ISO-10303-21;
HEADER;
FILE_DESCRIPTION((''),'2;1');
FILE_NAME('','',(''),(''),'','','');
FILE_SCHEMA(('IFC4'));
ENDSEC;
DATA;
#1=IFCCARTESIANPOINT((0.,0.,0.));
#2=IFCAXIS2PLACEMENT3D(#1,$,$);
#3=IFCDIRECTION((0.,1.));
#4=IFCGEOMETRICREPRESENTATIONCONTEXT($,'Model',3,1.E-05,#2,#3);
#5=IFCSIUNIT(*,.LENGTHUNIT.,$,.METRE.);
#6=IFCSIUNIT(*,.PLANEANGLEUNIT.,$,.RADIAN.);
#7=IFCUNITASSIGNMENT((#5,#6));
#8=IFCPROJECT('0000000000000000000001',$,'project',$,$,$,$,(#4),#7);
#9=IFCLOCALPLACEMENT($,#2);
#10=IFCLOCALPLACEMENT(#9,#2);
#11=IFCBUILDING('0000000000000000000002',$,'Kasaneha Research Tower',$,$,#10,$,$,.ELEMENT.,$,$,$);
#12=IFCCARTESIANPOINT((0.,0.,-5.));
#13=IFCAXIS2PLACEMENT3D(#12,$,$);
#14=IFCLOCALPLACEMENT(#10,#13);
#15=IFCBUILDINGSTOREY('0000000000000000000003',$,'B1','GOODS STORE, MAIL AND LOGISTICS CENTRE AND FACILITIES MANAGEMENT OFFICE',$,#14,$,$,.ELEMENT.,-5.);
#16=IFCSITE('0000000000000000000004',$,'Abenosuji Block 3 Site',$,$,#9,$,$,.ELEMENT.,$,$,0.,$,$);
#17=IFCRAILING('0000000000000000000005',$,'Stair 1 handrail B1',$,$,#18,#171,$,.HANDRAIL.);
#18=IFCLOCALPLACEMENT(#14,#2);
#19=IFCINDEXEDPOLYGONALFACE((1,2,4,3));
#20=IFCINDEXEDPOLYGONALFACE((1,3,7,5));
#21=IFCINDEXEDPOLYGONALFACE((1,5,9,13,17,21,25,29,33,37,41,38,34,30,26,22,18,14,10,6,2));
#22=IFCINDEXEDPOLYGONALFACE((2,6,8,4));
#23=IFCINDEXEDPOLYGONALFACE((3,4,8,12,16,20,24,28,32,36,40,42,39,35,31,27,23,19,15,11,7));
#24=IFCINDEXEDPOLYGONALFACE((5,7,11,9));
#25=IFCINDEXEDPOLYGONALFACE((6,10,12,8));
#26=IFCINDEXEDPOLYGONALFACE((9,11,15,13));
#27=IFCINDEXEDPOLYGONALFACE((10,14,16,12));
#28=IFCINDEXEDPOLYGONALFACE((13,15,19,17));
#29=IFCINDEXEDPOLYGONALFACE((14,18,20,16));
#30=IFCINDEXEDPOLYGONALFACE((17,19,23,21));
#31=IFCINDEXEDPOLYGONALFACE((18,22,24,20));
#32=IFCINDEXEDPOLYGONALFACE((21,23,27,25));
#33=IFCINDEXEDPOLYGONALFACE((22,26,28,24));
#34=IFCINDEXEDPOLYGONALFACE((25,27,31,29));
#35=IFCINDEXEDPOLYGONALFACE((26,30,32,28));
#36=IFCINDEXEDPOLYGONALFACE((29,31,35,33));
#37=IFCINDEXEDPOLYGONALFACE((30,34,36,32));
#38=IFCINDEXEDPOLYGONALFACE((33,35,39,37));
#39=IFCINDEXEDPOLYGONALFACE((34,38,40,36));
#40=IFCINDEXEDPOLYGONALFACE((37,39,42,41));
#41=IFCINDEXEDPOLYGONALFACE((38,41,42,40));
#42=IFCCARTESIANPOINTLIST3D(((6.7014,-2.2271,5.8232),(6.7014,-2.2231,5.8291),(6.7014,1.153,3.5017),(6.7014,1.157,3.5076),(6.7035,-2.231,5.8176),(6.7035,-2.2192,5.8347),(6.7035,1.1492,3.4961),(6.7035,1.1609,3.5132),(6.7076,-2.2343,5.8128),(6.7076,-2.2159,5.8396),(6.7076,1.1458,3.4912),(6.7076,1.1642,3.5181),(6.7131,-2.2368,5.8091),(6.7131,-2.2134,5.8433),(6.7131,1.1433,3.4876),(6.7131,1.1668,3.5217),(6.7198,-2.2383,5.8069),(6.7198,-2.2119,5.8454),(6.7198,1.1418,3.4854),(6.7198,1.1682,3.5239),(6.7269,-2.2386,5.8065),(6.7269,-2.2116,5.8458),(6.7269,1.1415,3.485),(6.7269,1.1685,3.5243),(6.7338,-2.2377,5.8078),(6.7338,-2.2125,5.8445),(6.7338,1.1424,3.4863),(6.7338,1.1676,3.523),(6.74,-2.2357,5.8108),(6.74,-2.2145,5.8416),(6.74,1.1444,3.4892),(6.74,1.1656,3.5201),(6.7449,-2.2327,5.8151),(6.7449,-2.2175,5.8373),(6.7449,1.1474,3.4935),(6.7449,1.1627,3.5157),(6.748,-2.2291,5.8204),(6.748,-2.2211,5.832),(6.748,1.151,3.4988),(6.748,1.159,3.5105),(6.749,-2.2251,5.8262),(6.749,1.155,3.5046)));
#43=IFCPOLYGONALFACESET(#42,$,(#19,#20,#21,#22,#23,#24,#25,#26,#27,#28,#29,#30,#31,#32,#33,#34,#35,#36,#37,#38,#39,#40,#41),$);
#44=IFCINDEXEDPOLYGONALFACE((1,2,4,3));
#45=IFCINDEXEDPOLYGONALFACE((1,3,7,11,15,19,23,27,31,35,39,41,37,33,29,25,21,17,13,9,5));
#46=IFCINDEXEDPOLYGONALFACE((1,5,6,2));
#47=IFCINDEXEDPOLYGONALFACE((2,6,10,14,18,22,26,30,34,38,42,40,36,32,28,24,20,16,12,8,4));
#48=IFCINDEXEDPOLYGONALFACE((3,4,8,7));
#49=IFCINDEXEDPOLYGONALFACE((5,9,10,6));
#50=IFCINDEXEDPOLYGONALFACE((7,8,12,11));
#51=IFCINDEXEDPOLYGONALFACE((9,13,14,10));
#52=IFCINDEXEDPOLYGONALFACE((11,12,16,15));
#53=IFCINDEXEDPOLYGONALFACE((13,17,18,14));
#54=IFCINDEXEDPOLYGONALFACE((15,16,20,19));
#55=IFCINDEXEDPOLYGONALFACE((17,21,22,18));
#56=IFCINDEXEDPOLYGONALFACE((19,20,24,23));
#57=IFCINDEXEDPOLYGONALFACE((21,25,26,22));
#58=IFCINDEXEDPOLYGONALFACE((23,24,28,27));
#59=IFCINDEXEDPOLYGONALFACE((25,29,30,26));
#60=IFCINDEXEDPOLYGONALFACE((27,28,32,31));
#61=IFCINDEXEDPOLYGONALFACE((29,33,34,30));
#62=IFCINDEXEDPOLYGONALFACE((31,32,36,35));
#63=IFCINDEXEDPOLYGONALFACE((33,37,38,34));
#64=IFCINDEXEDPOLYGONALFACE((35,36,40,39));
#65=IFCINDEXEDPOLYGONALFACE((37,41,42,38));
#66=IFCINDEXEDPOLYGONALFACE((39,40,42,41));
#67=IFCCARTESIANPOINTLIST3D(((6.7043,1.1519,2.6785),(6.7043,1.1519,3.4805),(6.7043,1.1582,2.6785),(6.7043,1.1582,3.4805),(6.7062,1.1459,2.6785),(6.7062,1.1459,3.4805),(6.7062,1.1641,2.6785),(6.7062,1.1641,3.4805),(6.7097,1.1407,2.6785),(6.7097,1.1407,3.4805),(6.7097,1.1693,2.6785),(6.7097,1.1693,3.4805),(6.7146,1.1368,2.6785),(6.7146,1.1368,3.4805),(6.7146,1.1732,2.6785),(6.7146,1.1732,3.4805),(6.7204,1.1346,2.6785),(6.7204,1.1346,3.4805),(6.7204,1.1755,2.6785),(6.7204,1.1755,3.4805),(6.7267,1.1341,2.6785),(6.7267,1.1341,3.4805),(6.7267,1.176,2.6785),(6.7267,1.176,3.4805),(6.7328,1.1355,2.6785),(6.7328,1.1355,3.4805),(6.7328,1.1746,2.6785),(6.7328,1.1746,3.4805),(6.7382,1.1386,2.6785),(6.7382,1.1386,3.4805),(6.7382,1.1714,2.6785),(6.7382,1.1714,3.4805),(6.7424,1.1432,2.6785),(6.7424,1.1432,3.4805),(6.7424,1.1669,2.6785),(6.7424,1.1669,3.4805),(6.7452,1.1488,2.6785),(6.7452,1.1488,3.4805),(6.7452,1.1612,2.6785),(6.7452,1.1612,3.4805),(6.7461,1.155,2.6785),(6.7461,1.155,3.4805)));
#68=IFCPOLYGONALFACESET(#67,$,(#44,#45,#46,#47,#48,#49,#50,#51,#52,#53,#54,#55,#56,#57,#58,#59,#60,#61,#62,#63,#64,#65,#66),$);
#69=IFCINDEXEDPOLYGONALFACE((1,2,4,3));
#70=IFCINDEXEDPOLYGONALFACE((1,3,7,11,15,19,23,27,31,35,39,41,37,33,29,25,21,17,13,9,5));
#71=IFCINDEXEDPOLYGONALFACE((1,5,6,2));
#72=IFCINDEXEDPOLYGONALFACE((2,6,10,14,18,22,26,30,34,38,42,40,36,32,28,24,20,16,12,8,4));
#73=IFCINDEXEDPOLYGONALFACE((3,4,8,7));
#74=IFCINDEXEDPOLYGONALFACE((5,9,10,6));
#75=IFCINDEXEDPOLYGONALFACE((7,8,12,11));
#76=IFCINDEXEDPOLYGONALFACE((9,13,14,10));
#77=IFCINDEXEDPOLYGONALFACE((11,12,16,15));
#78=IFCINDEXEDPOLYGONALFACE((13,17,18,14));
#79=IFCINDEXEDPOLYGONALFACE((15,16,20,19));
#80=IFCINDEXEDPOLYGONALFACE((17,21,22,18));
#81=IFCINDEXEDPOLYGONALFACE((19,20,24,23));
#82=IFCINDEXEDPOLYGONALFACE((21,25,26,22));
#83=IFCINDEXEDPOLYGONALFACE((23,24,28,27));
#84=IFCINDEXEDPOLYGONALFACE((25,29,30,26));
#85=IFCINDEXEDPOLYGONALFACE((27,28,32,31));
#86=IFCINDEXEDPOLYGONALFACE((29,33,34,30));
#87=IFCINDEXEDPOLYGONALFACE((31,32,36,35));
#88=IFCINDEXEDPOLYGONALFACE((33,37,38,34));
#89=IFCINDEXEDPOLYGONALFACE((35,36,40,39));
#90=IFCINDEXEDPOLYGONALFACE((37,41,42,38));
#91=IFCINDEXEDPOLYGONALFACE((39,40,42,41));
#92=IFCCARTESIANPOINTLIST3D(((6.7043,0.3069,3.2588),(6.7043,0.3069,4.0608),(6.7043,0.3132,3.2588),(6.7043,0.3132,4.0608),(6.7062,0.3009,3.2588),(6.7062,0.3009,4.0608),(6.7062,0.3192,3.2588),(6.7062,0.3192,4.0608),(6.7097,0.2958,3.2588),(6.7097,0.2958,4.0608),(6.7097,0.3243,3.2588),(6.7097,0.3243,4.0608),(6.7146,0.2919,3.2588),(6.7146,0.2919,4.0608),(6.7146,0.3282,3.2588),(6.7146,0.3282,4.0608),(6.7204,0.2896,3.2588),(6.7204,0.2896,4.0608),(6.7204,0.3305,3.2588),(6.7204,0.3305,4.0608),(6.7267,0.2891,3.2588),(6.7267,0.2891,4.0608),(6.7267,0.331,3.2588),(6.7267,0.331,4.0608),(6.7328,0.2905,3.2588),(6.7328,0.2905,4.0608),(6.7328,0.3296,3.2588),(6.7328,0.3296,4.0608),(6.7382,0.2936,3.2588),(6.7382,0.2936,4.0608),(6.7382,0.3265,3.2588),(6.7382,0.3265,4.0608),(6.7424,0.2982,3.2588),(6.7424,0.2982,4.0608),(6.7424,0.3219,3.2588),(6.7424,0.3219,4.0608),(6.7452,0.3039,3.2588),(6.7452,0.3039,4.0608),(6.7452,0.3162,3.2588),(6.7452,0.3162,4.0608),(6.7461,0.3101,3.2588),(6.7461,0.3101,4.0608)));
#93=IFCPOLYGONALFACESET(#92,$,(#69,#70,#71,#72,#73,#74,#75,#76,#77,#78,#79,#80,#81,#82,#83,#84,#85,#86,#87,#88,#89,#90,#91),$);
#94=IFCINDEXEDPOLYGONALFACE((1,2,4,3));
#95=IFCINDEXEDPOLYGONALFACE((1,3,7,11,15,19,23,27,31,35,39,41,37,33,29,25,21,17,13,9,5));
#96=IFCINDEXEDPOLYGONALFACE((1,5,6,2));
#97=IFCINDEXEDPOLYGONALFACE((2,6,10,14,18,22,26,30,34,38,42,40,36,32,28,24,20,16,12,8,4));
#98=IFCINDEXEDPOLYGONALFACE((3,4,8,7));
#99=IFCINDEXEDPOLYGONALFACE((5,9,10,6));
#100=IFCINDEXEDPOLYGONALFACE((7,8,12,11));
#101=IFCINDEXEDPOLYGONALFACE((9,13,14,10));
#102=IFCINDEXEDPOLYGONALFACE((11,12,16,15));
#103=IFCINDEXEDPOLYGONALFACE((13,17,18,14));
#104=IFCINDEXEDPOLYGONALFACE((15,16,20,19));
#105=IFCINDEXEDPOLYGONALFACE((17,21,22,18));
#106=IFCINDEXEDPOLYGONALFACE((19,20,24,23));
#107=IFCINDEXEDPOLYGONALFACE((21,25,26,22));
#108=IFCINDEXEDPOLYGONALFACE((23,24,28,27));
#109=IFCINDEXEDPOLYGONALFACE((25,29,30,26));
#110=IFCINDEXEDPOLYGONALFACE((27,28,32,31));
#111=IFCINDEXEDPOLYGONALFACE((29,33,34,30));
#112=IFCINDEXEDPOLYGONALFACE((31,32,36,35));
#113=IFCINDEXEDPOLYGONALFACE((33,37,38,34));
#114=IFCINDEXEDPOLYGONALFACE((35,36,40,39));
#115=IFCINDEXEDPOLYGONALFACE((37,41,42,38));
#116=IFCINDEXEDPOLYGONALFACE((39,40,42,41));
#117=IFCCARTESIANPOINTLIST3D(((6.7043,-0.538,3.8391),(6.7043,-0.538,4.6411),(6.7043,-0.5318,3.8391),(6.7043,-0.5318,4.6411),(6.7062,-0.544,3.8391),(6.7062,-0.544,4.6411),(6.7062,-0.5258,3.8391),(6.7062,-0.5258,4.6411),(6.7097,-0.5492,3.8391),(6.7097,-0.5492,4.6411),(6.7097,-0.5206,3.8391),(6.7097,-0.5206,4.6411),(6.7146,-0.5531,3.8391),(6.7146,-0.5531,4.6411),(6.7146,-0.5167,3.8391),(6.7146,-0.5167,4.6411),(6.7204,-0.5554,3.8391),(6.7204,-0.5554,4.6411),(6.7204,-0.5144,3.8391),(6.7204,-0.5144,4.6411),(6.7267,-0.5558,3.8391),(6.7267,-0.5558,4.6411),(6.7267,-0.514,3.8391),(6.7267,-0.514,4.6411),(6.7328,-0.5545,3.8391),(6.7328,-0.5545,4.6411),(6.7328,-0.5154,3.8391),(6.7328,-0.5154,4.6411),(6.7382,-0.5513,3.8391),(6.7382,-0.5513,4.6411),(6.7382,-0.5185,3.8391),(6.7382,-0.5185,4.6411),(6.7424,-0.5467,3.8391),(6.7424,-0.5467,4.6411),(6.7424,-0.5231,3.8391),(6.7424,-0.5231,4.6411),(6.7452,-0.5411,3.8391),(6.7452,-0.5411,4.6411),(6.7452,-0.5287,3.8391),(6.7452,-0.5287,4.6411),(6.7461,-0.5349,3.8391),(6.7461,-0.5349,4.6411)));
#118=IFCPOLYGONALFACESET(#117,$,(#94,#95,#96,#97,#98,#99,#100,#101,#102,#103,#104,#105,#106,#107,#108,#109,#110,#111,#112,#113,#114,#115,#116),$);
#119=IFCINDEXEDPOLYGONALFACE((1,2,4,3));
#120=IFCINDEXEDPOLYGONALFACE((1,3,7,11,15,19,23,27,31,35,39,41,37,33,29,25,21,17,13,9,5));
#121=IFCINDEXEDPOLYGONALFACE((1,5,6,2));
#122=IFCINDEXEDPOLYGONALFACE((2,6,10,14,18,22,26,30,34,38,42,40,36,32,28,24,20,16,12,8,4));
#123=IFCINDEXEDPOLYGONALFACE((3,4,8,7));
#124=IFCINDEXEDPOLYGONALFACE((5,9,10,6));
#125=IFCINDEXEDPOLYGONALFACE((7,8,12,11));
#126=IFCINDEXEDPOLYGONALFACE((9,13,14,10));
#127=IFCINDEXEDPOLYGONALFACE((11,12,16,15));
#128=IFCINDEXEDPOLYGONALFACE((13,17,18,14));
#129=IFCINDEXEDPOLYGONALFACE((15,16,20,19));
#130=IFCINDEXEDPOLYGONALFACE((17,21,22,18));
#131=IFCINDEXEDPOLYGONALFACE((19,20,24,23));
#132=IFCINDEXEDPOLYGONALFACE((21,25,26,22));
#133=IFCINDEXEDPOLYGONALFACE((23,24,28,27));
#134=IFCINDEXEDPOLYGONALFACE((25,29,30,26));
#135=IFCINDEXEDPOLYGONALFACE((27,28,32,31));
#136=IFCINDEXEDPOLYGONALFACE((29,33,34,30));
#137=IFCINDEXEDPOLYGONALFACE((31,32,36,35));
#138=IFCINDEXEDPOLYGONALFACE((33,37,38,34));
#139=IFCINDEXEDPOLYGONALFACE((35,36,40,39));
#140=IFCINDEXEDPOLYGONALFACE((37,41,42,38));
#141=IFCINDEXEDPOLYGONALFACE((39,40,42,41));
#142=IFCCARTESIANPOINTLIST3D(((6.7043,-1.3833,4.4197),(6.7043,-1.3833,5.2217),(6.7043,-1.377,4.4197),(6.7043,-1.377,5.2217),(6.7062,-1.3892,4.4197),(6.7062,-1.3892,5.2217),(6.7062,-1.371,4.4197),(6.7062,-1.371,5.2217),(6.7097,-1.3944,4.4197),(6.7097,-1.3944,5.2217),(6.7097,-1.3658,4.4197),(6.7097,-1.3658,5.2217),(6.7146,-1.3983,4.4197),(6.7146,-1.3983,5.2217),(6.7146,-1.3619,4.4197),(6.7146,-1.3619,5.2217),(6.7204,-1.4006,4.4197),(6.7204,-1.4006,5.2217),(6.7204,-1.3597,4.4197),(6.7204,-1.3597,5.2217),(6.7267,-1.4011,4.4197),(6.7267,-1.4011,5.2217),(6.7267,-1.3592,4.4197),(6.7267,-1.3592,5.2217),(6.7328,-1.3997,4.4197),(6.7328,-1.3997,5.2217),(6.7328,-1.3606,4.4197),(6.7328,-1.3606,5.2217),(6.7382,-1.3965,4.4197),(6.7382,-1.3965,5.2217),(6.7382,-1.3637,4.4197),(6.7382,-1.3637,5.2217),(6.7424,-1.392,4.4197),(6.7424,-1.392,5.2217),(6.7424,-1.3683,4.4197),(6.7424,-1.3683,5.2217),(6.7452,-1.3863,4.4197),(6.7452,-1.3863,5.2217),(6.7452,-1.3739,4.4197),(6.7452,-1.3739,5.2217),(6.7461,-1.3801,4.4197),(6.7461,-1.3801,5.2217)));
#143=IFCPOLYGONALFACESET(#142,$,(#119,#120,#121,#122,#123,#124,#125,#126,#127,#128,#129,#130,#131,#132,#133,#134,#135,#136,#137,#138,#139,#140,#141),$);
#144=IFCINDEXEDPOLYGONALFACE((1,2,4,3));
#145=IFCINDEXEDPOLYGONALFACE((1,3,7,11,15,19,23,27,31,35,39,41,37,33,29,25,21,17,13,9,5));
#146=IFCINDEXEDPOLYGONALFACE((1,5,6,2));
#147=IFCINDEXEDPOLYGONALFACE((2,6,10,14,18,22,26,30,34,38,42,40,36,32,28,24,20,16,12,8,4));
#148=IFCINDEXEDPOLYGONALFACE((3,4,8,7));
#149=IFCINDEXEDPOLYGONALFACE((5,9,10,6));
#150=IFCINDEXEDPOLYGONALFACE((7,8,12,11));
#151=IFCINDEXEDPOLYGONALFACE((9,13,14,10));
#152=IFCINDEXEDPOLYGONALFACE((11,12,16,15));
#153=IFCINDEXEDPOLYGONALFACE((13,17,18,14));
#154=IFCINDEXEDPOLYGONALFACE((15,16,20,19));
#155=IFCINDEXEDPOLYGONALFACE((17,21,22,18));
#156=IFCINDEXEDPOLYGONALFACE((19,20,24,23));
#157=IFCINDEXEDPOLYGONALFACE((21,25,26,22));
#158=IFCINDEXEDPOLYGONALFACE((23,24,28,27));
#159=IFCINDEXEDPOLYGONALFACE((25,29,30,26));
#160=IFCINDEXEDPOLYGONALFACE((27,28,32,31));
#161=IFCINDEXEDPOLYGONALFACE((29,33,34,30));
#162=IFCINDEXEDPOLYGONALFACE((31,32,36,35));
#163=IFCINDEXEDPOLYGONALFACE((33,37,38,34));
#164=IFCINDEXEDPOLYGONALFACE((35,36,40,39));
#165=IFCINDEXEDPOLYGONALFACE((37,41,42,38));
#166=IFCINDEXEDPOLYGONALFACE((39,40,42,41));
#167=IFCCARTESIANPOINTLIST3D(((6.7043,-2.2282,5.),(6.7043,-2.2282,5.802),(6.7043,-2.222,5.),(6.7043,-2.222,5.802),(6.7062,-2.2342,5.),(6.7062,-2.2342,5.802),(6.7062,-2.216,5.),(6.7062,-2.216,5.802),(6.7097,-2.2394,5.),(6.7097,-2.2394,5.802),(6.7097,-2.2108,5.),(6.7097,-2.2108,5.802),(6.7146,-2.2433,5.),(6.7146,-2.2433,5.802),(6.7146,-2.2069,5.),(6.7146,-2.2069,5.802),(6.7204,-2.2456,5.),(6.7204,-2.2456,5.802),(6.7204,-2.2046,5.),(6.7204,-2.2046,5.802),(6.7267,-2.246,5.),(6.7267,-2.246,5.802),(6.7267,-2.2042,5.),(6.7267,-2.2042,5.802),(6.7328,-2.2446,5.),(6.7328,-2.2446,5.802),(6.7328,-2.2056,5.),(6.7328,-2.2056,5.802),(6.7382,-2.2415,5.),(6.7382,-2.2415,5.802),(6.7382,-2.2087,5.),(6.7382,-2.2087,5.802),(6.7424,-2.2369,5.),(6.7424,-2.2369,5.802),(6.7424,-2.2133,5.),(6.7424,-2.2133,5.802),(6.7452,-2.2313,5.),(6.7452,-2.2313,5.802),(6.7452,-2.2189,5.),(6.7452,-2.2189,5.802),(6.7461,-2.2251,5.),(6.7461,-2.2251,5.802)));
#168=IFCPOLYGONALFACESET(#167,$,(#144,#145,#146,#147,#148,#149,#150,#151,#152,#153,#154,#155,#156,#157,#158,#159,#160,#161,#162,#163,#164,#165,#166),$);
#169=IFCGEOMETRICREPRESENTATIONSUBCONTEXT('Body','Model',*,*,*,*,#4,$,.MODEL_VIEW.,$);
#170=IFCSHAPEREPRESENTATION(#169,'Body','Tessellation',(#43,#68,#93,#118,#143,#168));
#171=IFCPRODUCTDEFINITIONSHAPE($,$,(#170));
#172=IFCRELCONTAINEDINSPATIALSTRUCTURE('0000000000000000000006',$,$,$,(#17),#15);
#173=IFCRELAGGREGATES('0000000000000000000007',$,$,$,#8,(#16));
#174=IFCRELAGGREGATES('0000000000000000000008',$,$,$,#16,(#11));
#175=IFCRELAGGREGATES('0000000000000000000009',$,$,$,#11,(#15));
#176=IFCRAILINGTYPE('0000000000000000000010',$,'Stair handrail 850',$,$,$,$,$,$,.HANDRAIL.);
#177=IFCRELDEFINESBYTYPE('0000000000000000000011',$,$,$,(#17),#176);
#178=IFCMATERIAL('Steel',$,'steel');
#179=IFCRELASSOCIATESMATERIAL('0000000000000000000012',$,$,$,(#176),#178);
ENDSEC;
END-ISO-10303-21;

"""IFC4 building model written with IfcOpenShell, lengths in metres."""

from ifc_helpers import new_model, si_unit, direction, frame, origin, origin_2d, place, context, subcontext, project, spatial, circle, extrude, material, type_object, element, save


model = new_model("IFC4")

# Units and contexts
model_context = context("Model", 3, precision=1e-05, world=origin(), true_north=direction((0.0, 1.0)))
body_context = subcontext(model_context, "Body", "Model", "MODEL_VIEW")
ifc_project = project(units=[si_unit("LENGTHUNIT", "METRE"), si_unit("PLANEANGLEUNIT", "RADIAN")], contexts=[model_context])

# Site, building, storey
site_placement = place(None, origin())
site = spatial("IfcSite", under=ifc_project, at=site_placement, Name="Abenosuji Block 3 Site", CompositionType="ELEMENT", RefElevation=0.0)
building_placement = place(site_placement, origin())
building = spatial("IfcBuilding", under=site, at=building_placement, Name="Kasaneha Research Tower", CompositionType="ELEMENT")
storey_placement = place(building_placement, frame((0.0, 0.0, -5.0)))
storey = spatial("IfcBuildingStorey", under=building, at=storey_placement, Name="B1", Description="GOODS STORE, MAIL AND LOGISTICS CENTRE AND FACILITIES MANAGEMENT OFFICE", CompositionType="ELEMENT", Elevation=-5.0)

# Railing
ifc_material_1 = material(Name="Steel", Category="steel")
railing_type_1 = type_object("IfcRailingType", Name="Stair handrail 850", PredefinedType="HANDRAIL", material=ifc_material_1)
railing_1_placement = place(storey_placement, frame((6.7251, 1.155, 2.6785)))
element("IfcRailing", 1, at=railing_1_placement, inside=storey, type_object=railing_type_1, Name="Stair 1 handrail B1", PredefinedType="HANDRAIL", context=body_context, shape_type="SweptSolid", body=[
    extrude(circle(Radius=0.0239, at=origin_2d()), frame((0.0, 0.0, 0.8262), z_axis=(0.0, -0.824304, 0.566147), x_axis=(1.0, 0.0, 0.0)), (0.0, 0.0, 1.0), 4.1006),
    extrude(circle(Radius=0.021, at=origin_2d()), origin(), (0.0, 0.0, 1.0), 0.802),
    extrude(circle(Radius=0.021, at=origin_2d()), frame((0.0, -0.845, 0.5803)), (0.0, 0.0, 1.0), 0.802),
    extrude(circle(Radius=0.021, at=origin_2d()), frame((0.0, -1.6899, 1.1606)), (0.0, 0.0, 1.0), 0.802),
    extrude(circle(Radius=0.021, at=origin_2d()), frame((0.0, -2.5352, 1.7412)), (0.0, 0.0, 1.0), 0.802),
    extrude(circle(Radius=0.021, at=origin_2d()), frame((0.0, -3.3801, 2.3215)), (0.0, 0.0, 1.0), 0.802),
])

save(model, "model.ifc")
